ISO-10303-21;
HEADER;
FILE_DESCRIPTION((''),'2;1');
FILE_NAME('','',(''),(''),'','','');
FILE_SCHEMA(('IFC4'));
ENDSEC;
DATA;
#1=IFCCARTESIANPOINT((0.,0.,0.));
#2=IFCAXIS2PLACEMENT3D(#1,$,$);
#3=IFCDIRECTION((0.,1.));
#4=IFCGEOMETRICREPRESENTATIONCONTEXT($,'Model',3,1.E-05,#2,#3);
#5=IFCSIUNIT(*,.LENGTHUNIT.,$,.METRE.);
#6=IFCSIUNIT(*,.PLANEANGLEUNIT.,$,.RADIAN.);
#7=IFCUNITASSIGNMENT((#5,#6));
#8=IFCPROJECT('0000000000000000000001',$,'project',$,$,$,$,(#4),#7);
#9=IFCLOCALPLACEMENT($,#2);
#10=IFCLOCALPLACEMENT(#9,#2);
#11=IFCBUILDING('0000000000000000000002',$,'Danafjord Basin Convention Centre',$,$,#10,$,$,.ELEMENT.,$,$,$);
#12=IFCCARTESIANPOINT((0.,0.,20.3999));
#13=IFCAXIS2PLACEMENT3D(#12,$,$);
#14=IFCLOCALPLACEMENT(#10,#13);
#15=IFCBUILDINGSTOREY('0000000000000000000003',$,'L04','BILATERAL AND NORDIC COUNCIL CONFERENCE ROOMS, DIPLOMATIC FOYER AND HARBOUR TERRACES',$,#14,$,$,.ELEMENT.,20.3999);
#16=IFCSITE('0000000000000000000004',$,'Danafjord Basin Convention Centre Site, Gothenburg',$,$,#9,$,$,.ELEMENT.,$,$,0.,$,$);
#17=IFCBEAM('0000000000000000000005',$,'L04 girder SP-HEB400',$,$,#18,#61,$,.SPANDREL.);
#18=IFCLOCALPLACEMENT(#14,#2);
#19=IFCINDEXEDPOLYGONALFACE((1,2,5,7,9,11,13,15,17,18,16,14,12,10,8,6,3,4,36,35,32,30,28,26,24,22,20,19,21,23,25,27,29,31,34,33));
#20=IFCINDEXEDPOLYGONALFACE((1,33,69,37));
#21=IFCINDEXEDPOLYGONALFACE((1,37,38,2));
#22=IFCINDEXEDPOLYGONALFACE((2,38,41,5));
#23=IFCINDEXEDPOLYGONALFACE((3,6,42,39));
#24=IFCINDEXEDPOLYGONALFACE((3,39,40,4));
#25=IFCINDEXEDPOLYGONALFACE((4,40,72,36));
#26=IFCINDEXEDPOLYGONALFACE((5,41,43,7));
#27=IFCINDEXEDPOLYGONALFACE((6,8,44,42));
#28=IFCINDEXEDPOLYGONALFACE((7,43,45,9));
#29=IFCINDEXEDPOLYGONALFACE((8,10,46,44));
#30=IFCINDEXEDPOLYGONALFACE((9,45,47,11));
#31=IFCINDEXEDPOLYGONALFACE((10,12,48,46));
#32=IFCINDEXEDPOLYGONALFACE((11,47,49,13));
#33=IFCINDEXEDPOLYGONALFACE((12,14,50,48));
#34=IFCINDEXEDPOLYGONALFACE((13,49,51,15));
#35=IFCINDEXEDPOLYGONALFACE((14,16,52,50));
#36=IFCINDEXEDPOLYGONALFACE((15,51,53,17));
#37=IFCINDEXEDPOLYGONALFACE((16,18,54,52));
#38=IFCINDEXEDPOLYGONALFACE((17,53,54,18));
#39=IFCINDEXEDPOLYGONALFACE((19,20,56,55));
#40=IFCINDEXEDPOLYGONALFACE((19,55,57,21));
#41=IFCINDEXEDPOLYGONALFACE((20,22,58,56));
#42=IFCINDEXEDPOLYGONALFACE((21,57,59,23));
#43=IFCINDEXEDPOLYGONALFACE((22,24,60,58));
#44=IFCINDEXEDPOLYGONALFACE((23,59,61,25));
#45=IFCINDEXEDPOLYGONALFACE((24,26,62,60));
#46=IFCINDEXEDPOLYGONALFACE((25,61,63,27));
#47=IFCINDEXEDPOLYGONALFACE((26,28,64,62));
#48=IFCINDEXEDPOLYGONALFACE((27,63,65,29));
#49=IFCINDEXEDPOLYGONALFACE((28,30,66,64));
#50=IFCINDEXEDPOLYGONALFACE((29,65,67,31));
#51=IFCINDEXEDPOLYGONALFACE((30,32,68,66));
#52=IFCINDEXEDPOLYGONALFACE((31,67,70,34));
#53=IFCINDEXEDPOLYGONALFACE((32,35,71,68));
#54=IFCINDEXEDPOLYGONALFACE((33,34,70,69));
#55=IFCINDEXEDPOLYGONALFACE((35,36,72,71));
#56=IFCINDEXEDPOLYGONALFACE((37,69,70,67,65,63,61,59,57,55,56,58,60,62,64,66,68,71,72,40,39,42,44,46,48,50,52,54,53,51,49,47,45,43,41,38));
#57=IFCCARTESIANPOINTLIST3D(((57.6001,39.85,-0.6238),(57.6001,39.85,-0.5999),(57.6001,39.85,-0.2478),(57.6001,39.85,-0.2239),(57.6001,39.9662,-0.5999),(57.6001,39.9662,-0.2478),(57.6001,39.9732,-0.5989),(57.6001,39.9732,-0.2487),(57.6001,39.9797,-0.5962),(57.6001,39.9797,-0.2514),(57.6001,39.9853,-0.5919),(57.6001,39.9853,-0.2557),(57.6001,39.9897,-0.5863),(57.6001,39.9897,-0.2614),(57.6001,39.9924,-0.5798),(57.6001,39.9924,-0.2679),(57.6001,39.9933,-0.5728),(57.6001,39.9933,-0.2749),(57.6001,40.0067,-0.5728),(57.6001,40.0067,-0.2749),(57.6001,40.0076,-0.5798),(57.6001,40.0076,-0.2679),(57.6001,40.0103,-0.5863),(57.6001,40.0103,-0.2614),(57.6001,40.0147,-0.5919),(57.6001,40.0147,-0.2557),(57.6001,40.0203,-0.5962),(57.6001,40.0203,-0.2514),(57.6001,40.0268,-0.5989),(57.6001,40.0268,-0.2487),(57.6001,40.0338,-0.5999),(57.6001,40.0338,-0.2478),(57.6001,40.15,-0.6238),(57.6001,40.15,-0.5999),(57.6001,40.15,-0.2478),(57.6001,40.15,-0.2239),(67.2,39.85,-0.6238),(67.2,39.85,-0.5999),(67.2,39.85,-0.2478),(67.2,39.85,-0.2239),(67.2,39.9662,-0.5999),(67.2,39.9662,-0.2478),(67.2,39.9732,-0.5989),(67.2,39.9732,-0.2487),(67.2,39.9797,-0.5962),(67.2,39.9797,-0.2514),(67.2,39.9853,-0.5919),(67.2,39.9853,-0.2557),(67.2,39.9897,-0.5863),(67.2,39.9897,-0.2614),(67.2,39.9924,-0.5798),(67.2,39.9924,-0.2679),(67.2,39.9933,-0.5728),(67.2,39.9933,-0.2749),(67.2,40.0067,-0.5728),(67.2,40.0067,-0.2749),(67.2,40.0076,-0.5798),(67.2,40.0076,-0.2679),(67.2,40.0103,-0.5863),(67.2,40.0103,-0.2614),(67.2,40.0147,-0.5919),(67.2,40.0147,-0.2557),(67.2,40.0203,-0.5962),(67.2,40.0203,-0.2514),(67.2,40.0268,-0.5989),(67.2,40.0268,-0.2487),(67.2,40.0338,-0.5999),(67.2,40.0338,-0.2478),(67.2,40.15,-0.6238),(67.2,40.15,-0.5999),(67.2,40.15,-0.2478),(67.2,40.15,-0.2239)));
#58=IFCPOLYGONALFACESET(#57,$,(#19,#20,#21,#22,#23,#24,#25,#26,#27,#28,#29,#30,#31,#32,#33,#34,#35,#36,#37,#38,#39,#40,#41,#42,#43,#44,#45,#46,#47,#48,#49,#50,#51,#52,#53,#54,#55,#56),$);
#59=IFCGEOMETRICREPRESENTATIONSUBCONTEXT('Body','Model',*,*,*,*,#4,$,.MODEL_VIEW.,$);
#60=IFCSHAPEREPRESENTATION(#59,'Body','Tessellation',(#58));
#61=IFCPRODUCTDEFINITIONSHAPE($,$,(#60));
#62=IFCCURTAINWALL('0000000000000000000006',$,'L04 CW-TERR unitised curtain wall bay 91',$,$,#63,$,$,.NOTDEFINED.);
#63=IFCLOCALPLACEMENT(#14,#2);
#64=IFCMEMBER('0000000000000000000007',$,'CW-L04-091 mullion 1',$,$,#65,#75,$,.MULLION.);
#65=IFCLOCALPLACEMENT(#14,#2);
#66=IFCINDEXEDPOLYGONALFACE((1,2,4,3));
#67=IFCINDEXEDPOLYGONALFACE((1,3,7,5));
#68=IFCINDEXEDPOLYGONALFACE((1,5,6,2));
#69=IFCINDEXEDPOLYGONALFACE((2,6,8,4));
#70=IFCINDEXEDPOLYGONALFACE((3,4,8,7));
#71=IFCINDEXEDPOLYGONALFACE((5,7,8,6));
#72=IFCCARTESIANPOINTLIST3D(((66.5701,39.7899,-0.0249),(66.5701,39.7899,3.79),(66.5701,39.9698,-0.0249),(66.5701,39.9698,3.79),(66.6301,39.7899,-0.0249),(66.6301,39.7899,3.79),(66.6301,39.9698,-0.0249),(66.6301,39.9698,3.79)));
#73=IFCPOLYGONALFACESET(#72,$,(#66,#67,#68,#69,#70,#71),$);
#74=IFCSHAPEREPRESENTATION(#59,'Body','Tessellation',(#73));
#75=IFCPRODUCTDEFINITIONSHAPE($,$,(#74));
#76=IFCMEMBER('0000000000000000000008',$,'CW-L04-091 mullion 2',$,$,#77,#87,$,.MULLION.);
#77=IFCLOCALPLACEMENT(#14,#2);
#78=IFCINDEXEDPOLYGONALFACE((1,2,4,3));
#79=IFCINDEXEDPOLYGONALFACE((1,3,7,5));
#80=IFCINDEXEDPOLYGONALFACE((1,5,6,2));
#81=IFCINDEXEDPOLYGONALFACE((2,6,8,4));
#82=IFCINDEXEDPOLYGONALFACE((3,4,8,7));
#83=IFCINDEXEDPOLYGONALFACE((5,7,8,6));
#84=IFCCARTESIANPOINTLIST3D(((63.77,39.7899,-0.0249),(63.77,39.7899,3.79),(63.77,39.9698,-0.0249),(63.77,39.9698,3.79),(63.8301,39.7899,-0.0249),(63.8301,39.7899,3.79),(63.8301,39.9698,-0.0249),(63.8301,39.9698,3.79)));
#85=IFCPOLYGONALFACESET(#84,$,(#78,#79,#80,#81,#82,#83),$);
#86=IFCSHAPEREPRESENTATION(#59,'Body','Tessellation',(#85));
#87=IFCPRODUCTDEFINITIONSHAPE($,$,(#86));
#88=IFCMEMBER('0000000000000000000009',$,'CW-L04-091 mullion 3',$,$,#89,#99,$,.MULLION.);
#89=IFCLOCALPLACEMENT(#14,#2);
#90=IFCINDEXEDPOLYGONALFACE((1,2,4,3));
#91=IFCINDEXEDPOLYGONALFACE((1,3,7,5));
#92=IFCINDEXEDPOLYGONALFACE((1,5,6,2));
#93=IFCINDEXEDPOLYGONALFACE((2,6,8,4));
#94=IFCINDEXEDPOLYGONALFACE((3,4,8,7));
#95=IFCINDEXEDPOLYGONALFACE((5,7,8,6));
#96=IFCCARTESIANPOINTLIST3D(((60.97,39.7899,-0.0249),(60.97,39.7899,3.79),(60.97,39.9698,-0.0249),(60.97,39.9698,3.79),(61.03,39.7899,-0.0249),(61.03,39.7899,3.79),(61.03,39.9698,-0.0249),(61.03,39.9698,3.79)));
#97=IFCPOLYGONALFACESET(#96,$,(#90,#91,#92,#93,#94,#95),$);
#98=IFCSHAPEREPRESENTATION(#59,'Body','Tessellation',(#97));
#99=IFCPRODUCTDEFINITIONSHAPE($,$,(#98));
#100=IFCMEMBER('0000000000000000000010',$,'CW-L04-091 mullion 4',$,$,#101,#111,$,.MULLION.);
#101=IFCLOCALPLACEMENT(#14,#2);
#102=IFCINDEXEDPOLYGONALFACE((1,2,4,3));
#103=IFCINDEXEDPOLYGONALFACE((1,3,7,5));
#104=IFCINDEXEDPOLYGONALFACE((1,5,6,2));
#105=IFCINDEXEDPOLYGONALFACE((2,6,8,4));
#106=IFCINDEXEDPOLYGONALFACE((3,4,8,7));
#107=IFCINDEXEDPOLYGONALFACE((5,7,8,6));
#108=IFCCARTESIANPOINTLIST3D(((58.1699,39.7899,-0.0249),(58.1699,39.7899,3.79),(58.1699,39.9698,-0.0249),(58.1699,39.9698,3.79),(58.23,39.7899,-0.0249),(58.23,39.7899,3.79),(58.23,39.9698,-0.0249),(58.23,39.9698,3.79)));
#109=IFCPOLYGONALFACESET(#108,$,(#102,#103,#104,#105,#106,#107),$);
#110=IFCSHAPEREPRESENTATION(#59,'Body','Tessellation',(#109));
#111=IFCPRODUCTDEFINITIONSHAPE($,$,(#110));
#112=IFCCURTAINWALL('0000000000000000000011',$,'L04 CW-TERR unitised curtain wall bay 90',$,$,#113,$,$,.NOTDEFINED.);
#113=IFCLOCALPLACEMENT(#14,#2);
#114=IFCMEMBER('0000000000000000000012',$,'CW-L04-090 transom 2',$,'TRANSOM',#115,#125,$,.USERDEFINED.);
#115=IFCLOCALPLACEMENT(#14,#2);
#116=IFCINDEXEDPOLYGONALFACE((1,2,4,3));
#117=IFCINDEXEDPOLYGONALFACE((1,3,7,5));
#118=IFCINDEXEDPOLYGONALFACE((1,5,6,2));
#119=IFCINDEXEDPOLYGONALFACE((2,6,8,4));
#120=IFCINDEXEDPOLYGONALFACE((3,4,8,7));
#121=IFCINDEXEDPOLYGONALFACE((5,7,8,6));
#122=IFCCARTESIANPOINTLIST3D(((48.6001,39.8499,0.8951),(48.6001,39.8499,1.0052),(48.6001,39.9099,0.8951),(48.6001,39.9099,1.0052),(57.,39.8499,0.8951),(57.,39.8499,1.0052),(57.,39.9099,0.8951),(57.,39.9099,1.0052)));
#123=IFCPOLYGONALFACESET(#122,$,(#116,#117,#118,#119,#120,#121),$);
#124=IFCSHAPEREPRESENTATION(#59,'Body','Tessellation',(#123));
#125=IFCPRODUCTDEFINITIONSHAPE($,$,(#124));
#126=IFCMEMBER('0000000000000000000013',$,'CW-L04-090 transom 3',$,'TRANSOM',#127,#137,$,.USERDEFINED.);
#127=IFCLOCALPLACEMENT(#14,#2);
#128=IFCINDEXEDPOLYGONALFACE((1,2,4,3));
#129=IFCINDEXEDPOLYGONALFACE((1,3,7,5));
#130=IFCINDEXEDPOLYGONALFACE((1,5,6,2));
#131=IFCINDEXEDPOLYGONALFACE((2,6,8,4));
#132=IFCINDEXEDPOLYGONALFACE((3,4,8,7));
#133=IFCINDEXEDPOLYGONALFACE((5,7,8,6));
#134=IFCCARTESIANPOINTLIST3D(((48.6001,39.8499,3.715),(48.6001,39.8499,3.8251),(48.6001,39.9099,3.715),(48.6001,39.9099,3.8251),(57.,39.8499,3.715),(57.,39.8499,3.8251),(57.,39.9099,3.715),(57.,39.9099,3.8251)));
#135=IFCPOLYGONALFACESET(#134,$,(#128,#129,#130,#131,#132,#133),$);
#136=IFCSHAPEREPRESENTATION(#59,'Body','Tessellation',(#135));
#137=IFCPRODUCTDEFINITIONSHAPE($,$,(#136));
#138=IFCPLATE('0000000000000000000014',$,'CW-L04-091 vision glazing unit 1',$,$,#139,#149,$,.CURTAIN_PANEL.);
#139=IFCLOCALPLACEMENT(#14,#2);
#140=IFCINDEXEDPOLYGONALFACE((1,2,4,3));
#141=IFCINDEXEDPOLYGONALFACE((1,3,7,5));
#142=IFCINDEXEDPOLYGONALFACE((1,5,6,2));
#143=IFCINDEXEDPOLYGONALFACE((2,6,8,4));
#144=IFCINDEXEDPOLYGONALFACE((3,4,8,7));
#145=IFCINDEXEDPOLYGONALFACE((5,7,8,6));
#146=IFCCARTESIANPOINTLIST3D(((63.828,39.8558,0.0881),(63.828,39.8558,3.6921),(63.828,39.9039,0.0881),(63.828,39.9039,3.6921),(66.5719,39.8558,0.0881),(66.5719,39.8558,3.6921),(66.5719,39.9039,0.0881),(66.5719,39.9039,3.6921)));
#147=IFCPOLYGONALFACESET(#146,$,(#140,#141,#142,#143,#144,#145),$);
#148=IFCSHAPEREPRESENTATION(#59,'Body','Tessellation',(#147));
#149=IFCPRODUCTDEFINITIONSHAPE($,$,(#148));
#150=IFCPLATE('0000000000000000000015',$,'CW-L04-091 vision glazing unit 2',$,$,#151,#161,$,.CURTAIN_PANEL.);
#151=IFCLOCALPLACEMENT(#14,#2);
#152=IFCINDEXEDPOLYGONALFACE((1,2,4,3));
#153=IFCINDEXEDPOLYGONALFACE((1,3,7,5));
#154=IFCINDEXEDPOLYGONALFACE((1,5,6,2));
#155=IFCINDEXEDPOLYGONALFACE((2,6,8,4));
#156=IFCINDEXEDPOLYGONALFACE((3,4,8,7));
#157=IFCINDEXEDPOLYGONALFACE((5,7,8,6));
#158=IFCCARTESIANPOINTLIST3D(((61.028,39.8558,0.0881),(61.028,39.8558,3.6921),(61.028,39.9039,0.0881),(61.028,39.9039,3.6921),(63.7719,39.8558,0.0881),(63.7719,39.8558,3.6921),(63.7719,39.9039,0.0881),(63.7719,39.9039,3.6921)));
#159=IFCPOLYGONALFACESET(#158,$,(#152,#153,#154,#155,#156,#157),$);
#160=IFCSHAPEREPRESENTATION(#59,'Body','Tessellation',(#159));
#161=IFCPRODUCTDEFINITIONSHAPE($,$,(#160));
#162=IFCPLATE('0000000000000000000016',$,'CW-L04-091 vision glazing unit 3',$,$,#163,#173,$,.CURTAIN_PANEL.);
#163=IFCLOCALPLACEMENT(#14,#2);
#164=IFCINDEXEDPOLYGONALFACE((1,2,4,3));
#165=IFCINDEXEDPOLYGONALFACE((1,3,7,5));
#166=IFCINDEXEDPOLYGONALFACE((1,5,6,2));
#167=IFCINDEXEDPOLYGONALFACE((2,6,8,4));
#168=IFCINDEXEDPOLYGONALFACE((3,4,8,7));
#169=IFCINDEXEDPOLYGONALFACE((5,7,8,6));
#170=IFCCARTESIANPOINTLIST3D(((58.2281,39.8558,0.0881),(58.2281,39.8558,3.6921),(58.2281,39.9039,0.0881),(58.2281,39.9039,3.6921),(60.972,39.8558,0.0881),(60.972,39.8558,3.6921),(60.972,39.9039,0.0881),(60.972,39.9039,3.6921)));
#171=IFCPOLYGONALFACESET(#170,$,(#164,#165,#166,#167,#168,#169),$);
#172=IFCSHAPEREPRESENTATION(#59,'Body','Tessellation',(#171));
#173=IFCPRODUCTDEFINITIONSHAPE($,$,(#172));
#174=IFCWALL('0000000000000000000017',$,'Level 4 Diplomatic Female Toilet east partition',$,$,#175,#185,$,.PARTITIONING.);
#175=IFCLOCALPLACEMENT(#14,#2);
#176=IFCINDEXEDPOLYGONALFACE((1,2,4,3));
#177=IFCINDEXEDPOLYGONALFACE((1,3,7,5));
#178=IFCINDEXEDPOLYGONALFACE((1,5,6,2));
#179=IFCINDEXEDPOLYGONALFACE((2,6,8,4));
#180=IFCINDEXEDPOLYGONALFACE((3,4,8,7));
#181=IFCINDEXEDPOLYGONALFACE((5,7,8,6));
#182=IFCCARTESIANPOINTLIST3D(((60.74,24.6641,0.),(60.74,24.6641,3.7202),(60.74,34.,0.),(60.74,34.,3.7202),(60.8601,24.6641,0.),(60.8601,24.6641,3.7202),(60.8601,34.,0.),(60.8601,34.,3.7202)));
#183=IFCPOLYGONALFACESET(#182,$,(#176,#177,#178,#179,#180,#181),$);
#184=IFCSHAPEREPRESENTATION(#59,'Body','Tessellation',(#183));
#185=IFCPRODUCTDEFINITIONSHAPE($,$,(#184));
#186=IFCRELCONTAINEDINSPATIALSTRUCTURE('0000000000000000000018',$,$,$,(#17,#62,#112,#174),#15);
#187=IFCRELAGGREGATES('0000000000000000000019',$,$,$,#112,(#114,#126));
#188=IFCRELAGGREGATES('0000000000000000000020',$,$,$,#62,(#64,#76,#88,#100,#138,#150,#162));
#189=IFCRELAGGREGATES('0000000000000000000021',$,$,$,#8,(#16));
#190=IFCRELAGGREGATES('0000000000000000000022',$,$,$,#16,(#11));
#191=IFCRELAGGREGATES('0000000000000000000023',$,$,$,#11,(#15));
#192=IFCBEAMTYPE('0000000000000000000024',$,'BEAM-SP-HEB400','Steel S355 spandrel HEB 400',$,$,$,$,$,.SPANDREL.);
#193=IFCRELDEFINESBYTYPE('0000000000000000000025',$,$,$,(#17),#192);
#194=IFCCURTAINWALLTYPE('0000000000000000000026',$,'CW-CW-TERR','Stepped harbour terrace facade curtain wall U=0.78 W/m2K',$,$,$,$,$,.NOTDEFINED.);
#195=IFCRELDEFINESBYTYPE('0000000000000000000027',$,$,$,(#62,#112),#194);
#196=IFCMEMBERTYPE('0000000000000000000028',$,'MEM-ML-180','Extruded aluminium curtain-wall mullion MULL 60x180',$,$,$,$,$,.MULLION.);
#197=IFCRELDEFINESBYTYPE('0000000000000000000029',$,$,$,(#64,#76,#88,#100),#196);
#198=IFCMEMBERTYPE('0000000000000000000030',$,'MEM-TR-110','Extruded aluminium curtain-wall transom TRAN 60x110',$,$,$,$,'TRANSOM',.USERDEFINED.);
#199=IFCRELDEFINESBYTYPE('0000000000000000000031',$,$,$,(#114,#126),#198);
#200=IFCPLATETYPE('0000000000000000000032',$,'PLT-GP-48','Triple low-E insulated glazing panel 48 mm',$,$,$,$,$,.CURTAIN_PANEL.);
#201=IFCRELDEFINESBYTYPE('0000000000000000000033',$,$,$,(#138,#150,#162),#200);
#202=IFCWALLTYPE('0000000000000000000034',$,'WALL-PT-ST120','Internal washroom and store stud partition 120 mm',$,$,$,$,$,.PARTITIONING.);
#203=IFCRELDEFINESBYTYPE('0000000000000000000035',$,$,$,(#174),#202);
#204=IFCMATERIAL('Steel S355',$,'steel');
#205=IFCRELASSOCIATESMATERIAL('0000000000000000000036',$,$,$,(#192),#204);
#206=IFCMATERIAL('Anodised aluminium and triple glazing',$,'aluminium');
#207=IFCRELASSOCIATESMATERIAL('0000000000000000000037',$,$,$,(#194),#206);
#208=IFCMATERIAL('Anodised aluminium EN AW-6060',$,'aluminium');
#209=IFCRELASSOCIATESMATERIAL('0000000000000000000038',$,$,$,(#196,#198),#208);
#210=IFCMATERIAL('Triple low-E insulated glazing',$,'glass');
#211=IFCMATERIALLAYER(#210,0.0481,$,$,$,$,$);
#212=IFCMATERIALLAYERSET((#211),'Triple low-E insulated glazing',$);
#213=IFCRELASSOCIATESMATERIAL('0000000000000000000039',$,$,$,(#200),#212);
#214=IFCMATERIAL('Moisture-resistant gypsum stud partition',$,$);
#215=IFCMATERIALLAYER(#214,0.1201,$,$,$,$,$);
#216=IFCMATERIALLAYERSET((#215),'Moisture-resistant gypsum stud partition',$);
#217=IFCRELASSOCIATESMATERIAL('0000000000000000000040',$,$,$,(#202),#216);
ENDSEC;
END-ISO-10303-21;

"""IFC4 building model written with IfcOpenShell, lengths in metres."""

from ifc_helpers import new_model, si_unit, direction, frame, frame_2d, origin, origin_2d, place, context, subcontext, project, spatial, rectangle, i_section, extrude, material, layer, layer_set, material_profile, profile_set, type_object, element, aggregate, save


model = new_model("IFC4")

# Units and contexts
model_context = context("Model", 3, precision=1e-05, world=origin(), true_north=direction((0.0, 1.0)))
body_context = subcontext(model_context, "Body", "Model", "MODEL_VIEW")
ifc_project = project(units=[si_unit("LENGTHUNIT", "METRE"), si_unit("PLANEANGLEUNIT", "RADIAN")], contexts=[model_context])

# Site, building, storey
site_placement = place(None, origin())
site = spatial("IfcSite", under=ifc_project, at=site_placement, Name="Danafjord Basin Convention Centre Site, Gothenburg", CompositionType="ELEMENT", RefElevation=0.0)
building_placement = place(site_placement, origin())
building = spatial("IfcBuilding", under=site, at=building_placement, Name="Danafjord Basin Convention Centre", CompositionType="ELEMENT")
storey_placement = place(building_placement, frame((0.0, 0.0, 20.3999)))
storey = spatial("IfcBuildingStorey", under=building, at=storey_placement, Name="L04", Description="BILATERAL AND NORDIC COUNCIL CONFERENCE ROOMS, DIPLOMATIC FOYER AND HARBOUR TERRACES", CompositionType="ELEMENT", Elevation=20.3999)

# Shared definitions
ifc_material_1 = material(Name="Steel S355", Category="steel")

# Beam
ifc_material_profile_1 = material_profile(ifc_material_1, i_section(OverallWidth=0.3, OverallDepth=0.3999, WebThickness=0.0134, FlangeThickness=0.0239, FilletRadius=0.0271, at=origin_2d()), Name="HEB 400")
ifc_profile_set_1 = profile_set([ifc_material_profile_1], Name="Steel S355")
beam_type_1 = type_object("IfcBeamType", Name="BEAM-SP-HEB400", Description="Steel S355 spandrel HEB 400", PredefinedType="SPANDREL", material=ifc_profile_set_1)
beam_1_placement = place(storey_placement, frame((57.6001, 40.0, -0.4238), z_axis=(1.0, 0.0, 0.0), x_axis=(0.0, 1.0, 0.0)))
element("IfcBeam", 1, at=beam_1_placement, inside=storey, type_object=beam_type_1, Name="L04 girder SP-HEB400", PredefinedType="SPANDREL", context=body_context, shape_type="SweptSolid", body=[
    extrude(i_section(OverallWidth=0.3, OverallDepth=0.3999, WebThickness=0.0134, FlangeThickness=0.0239, FilletRadius=0.0271, at=origin_2d()), origin(), (0.0, 0.0, 1.0), 9.5999),
])

# Curtain walls, members
ifc_material_2 = material(Name="Anodised aluminium and triple glazing", Category="aluminium")
curtain_wall_type = type_object("IfcCurtainWallType", Name="CW-CW-TERR", Description="Stepped harbour terrace facade curtain wall U=0.78 W/m2K", PredefinedType="NOTDEFINED", material=ifc_material_2)
curtain_wall_1_placement = place(storey_placement, origin())
curtain_wall_1 = element("IfcCurtainWall", 2, at=curtain_wall_1_placement, inside=storey, type_object=curtain_wall_type, Name="L04 CW-TERR unitised curtain wall bay 91", PredefinedType="NOTDEFINED")
ifc_material_3 = material(Name="Anodised aluminium EN AW-6060", Category="aluminium")
ifc_material_profile_2 = material_profile(ifc_material_3, rectangle(XDim=0.0601, YDim=0.1799, at=origin_2d()), Name="MULL 60x180")
ifc_profile_set_2 = profile_set([ifc_material_profile_2], Name="Anodised aluminium EN AW-6060")
member_type_1 = type_object("IfcMemberType", Name="MEM-ML-180", Description="Extruded aluminium curtain-wall mullion MULL 60x180", PredefinedType="MULLION", material=ifc_profile_set_2)
member_1_placement = place(storey_placement, frame((66.6001, 39.8799, -0.0249), z_axis=(0.0, 0.0, 1.0), x_axis=(-1.0, 0.0, 0.0)))
member_1 = element("IfcMember", 3, at=member_1_placement, type_object=member_type_1, Name="CW-L04-091 mullion 1", PredefinedType="MULLION", context=body_context, shape_type="SweptSolid", body=[
    extrude(rectangle(XDim=0.0601, YDim=0.1799, at=origin_2d()), origin(), (0.0, 0.0, 1.0), 3.8149),
])
member_2_placement = place(storey_placement, frame((63.8, 39.8799, -0.0249), z_axis=(0.0, 0.0, 1.0), x_axis=(-1.0, 0.0, 0.0)))
member_2 = element("IfcMember", 4, at=member_2_placement, type_object=member_type_1, Name="CW-L04-091 mullion 2", PredefinedType="MULLION", context=body_context, shape_type="SweptSolid", body=[
    extrude(rectangle(XDim=0.0601, YDim=0.1799, at=origin_2d()), origin(), (0.0, 0.0, 1.0), 3.8149),
])
member_3_placement = place(storey_placement, frame((61.0, 39.8799, -0.0249), z_axis=(0.0, 0.0, 1.0), x_axis=(-1.0, 0.0, 0.0)))
member_3 = element("IfcMember", 5, at=member_3_placement, type_object=member_type_1, Name="CW-L04-091 mullion 3", PredefinedType="MULLION", context=body_context, shape_type="SweptSolid", body=[
    extrude(rectangle(XDim=0.0601, YDim=0.1799, at=origin_2d()), origin(), (0.0, 0.0, 1.0), 3.8149),
])
member_4_placement = place(storey_placement, frame((58.2, 39.8799, -0.0249), z_axis=(0.0, 0.0, 1.0), x_axis=(-1.0, 0.0, 0.0)))
member_4 = element("IfcMember", 6, at=member_4_placement, type_object=member_type_1, Name="CW-L04-091 mullion 4", PredefinedType="MULLION", context=body_context, shape_type="SweptSolid", body=[
    extrude(rectangle(XDim=0.0601, YDim=0.1799, at=origin_2d()), origin(), (0.0, 0.0, 1.0), 3.8149),
])
curtain_wall_2_placement = place(storey_placement, origin())
curtain_wall_2 = element("IfcCurtainWall", 7, at=curtain_wall_2_placement, inside=storey, type_object=curtain_wall_type, Name="L04 CW-TERR unitised curtain wall bay 90", PredefinedType="NOTDEFINED")
ifc_material_profile_3 = material_profile(ifc_material_3, rectangle(XDim=0.0601, YDim=0.1101, at=origin_2d()), Name="TRAN 60x110")
ifc_profile_set_3 = profile_set([ifc_material_profile_3], Name="Anodised aluminium EN AW-6060")
member_type_2 = type_object("IfcMemberType", Name="MEM-TR-110", Description="Extruded aluminium curtain-wall transom TRAN 60x110", ElementType="TRANSOM", PredefinedType="USERDEFINED", material=ifc_profile_set_3)
member_5_placement = place(storey_placement, frame((57.0, 39.8799, 0.9502), z_axis=(-1.0, 0.0, 0.0), x_axis=(0.0, -1.0, 0.0)))
member_5 = element("IfcMember", 8, at=member_5_placement, type_object=member_type_2, Name="CW-L04-090 transom 2", ObjectType="TRANSOM", PredefinedType="USERDEFINED", context=body_context, shape_type="SweptSolid", body=[
    extrude(rectangle(XDim=0.0601, YDim=0.1101, at=origin_2d()), origin(), (0.0, 0.0, 1.0), 8.3999),
])
member_6_placement = place(storey_placement, frame((57.0, 39.8799, 3.77), z_axis=(-1.0, 0.0, 0.0), x_axis=(0.0, -1.0, 0.0)))
member_6 = element("IfcMember", 9, at=member_6_placement, type_object=member_type_2, Name="CW-L04-090 transom 3", ObjectType="TRANSOM", PredefinedType="USERDEFINED", context=body_context, shape_type="SweptSolid", body=[
    extrude(rectangle(XDim=0.0601, YDim=0.1101, at=origin_2d()), origin(), (0.0, 0.0, 1.0), 8.3999),
])
aggregate(curtain_wall_2, [member_5, member_6])

# Plates
ifc_material_4 = material(Name="Triple low-E insulated glazing", Category="glass")
ifc_layer_1 = layer(ifc_material_4, 0.0481)
ifc_layer_set_1 = layer_set([ifc_layer_1], Name="Triple low-E insulated glazing")
plate_type = type_object("IfcPlateType", Name="PLT-GP-48", Description="Triple low-E insulated glazing panel 48 mm", PredefinedType="CURTAIN_PANEL", material=ifc_layer_set_1)
plate_1_placement = place(storey_placement, frame((65.2, 39.8799, 0.0881), z_axis=(0.0, 0.0, 1.0), x_axis=(-1.0, 0.0, 0.0)))
plate_1 = element("IfcPlate", 10, at=plate_1_placement, type_object=plate_type, Name="CW-L04-091 vision glazing unit 1", PredefinedType="CURTAIN_PANEL", context=body_context, shape_type="SweptSolid", body=[
    extrude(rectangle(XDim=2.7439, YDim=0.0481, at=origin_2d()), origin(), (0.0, 0.0, 1.0), 3.604),
])
plate_2_placement = place(storey_placement, frame((62.3999, 39.8799, 0.0881), z_axis=(0.0, 0.0, 1.0), x_axis=(-1.0, 0.0, 0.0)))
plate_2 = element("IfcPlate", 11, at=plate_2_placement, type_object=plate_type, Name="CW-L04-091 vision glazing unit 2", PredefinedType="CURTAIN_PANEL", context=body_context, shape_type="SweptSolid", body=[
    extrude(rectangle(XDim=2.7439, YDim=0.0481, at=origin_2d()), origin(), (0.0, 0.0, 1.0), 3.604),
])
plate_3_placement = place(storey_placement, frame((59.6001, 39.8799, 0.0881), z_axis=(0.0, 0.0, 1.0), x_axis=(-1.0, 0.0, 0.0)))
plate_3 = element("IfcPlate", 12, at=plate_3_placement, type_object=plate_type, Name="CW-L04-091 vision glazing unit 3", PredefinedType="CURTAIN_PANEL", context=body_context, shape_type="SweptSolid", body=[
    extrude(rectangle(XDim=2.7439, YDim=0.0481, at=origin_2d()), origin(), (0.0, 0.0, 1.0), 3.604),
])
aggregate(curtain_wall_1, [member_1, member_2, member_3, member_4, plate_1, plate_2, plate_3])

# Wall
ifc_material_5 = material(Name="Moisture-resistant gypsum stud partition")
ifc_layer_2 = layer(ifc_material_5, 0.1201)
ifc_layer_set_2 = layer_set([ifc_layer_2], Name="Moisture-resistant gypsum stud partition")
wall_type = type_object("IfcWallType", Name="WALL-PT-ST120", Description="Internal washroom and store stud partition 120 mm", PredefinedType="PARTITIONING", material=ifc_layer_set_2)
wall_1_placement = place(storey_placement, frame((60.8, 24.6641, 0.0), z_axis=(0.0, 0.0, 1.0), x_axis=(0.0, 1.0, 0.0)))
element("IfcWall", 13, at=wall_1_placement, inside=storey, type_object=wall_type, Name="Level 4 Diplomatic Female Toilet east partition", PredefinedType="PARTITIONING", context=body_context, shape_type="SweptSolid", body=[
    extrude(rectangle(XDim=9.3359, YDim=0.1201, at=frame_2d((4.668, 0.0))), origin(), (0.0, 0.0, 1.0), 3.7202),
])

save(model, "model.ifc")
